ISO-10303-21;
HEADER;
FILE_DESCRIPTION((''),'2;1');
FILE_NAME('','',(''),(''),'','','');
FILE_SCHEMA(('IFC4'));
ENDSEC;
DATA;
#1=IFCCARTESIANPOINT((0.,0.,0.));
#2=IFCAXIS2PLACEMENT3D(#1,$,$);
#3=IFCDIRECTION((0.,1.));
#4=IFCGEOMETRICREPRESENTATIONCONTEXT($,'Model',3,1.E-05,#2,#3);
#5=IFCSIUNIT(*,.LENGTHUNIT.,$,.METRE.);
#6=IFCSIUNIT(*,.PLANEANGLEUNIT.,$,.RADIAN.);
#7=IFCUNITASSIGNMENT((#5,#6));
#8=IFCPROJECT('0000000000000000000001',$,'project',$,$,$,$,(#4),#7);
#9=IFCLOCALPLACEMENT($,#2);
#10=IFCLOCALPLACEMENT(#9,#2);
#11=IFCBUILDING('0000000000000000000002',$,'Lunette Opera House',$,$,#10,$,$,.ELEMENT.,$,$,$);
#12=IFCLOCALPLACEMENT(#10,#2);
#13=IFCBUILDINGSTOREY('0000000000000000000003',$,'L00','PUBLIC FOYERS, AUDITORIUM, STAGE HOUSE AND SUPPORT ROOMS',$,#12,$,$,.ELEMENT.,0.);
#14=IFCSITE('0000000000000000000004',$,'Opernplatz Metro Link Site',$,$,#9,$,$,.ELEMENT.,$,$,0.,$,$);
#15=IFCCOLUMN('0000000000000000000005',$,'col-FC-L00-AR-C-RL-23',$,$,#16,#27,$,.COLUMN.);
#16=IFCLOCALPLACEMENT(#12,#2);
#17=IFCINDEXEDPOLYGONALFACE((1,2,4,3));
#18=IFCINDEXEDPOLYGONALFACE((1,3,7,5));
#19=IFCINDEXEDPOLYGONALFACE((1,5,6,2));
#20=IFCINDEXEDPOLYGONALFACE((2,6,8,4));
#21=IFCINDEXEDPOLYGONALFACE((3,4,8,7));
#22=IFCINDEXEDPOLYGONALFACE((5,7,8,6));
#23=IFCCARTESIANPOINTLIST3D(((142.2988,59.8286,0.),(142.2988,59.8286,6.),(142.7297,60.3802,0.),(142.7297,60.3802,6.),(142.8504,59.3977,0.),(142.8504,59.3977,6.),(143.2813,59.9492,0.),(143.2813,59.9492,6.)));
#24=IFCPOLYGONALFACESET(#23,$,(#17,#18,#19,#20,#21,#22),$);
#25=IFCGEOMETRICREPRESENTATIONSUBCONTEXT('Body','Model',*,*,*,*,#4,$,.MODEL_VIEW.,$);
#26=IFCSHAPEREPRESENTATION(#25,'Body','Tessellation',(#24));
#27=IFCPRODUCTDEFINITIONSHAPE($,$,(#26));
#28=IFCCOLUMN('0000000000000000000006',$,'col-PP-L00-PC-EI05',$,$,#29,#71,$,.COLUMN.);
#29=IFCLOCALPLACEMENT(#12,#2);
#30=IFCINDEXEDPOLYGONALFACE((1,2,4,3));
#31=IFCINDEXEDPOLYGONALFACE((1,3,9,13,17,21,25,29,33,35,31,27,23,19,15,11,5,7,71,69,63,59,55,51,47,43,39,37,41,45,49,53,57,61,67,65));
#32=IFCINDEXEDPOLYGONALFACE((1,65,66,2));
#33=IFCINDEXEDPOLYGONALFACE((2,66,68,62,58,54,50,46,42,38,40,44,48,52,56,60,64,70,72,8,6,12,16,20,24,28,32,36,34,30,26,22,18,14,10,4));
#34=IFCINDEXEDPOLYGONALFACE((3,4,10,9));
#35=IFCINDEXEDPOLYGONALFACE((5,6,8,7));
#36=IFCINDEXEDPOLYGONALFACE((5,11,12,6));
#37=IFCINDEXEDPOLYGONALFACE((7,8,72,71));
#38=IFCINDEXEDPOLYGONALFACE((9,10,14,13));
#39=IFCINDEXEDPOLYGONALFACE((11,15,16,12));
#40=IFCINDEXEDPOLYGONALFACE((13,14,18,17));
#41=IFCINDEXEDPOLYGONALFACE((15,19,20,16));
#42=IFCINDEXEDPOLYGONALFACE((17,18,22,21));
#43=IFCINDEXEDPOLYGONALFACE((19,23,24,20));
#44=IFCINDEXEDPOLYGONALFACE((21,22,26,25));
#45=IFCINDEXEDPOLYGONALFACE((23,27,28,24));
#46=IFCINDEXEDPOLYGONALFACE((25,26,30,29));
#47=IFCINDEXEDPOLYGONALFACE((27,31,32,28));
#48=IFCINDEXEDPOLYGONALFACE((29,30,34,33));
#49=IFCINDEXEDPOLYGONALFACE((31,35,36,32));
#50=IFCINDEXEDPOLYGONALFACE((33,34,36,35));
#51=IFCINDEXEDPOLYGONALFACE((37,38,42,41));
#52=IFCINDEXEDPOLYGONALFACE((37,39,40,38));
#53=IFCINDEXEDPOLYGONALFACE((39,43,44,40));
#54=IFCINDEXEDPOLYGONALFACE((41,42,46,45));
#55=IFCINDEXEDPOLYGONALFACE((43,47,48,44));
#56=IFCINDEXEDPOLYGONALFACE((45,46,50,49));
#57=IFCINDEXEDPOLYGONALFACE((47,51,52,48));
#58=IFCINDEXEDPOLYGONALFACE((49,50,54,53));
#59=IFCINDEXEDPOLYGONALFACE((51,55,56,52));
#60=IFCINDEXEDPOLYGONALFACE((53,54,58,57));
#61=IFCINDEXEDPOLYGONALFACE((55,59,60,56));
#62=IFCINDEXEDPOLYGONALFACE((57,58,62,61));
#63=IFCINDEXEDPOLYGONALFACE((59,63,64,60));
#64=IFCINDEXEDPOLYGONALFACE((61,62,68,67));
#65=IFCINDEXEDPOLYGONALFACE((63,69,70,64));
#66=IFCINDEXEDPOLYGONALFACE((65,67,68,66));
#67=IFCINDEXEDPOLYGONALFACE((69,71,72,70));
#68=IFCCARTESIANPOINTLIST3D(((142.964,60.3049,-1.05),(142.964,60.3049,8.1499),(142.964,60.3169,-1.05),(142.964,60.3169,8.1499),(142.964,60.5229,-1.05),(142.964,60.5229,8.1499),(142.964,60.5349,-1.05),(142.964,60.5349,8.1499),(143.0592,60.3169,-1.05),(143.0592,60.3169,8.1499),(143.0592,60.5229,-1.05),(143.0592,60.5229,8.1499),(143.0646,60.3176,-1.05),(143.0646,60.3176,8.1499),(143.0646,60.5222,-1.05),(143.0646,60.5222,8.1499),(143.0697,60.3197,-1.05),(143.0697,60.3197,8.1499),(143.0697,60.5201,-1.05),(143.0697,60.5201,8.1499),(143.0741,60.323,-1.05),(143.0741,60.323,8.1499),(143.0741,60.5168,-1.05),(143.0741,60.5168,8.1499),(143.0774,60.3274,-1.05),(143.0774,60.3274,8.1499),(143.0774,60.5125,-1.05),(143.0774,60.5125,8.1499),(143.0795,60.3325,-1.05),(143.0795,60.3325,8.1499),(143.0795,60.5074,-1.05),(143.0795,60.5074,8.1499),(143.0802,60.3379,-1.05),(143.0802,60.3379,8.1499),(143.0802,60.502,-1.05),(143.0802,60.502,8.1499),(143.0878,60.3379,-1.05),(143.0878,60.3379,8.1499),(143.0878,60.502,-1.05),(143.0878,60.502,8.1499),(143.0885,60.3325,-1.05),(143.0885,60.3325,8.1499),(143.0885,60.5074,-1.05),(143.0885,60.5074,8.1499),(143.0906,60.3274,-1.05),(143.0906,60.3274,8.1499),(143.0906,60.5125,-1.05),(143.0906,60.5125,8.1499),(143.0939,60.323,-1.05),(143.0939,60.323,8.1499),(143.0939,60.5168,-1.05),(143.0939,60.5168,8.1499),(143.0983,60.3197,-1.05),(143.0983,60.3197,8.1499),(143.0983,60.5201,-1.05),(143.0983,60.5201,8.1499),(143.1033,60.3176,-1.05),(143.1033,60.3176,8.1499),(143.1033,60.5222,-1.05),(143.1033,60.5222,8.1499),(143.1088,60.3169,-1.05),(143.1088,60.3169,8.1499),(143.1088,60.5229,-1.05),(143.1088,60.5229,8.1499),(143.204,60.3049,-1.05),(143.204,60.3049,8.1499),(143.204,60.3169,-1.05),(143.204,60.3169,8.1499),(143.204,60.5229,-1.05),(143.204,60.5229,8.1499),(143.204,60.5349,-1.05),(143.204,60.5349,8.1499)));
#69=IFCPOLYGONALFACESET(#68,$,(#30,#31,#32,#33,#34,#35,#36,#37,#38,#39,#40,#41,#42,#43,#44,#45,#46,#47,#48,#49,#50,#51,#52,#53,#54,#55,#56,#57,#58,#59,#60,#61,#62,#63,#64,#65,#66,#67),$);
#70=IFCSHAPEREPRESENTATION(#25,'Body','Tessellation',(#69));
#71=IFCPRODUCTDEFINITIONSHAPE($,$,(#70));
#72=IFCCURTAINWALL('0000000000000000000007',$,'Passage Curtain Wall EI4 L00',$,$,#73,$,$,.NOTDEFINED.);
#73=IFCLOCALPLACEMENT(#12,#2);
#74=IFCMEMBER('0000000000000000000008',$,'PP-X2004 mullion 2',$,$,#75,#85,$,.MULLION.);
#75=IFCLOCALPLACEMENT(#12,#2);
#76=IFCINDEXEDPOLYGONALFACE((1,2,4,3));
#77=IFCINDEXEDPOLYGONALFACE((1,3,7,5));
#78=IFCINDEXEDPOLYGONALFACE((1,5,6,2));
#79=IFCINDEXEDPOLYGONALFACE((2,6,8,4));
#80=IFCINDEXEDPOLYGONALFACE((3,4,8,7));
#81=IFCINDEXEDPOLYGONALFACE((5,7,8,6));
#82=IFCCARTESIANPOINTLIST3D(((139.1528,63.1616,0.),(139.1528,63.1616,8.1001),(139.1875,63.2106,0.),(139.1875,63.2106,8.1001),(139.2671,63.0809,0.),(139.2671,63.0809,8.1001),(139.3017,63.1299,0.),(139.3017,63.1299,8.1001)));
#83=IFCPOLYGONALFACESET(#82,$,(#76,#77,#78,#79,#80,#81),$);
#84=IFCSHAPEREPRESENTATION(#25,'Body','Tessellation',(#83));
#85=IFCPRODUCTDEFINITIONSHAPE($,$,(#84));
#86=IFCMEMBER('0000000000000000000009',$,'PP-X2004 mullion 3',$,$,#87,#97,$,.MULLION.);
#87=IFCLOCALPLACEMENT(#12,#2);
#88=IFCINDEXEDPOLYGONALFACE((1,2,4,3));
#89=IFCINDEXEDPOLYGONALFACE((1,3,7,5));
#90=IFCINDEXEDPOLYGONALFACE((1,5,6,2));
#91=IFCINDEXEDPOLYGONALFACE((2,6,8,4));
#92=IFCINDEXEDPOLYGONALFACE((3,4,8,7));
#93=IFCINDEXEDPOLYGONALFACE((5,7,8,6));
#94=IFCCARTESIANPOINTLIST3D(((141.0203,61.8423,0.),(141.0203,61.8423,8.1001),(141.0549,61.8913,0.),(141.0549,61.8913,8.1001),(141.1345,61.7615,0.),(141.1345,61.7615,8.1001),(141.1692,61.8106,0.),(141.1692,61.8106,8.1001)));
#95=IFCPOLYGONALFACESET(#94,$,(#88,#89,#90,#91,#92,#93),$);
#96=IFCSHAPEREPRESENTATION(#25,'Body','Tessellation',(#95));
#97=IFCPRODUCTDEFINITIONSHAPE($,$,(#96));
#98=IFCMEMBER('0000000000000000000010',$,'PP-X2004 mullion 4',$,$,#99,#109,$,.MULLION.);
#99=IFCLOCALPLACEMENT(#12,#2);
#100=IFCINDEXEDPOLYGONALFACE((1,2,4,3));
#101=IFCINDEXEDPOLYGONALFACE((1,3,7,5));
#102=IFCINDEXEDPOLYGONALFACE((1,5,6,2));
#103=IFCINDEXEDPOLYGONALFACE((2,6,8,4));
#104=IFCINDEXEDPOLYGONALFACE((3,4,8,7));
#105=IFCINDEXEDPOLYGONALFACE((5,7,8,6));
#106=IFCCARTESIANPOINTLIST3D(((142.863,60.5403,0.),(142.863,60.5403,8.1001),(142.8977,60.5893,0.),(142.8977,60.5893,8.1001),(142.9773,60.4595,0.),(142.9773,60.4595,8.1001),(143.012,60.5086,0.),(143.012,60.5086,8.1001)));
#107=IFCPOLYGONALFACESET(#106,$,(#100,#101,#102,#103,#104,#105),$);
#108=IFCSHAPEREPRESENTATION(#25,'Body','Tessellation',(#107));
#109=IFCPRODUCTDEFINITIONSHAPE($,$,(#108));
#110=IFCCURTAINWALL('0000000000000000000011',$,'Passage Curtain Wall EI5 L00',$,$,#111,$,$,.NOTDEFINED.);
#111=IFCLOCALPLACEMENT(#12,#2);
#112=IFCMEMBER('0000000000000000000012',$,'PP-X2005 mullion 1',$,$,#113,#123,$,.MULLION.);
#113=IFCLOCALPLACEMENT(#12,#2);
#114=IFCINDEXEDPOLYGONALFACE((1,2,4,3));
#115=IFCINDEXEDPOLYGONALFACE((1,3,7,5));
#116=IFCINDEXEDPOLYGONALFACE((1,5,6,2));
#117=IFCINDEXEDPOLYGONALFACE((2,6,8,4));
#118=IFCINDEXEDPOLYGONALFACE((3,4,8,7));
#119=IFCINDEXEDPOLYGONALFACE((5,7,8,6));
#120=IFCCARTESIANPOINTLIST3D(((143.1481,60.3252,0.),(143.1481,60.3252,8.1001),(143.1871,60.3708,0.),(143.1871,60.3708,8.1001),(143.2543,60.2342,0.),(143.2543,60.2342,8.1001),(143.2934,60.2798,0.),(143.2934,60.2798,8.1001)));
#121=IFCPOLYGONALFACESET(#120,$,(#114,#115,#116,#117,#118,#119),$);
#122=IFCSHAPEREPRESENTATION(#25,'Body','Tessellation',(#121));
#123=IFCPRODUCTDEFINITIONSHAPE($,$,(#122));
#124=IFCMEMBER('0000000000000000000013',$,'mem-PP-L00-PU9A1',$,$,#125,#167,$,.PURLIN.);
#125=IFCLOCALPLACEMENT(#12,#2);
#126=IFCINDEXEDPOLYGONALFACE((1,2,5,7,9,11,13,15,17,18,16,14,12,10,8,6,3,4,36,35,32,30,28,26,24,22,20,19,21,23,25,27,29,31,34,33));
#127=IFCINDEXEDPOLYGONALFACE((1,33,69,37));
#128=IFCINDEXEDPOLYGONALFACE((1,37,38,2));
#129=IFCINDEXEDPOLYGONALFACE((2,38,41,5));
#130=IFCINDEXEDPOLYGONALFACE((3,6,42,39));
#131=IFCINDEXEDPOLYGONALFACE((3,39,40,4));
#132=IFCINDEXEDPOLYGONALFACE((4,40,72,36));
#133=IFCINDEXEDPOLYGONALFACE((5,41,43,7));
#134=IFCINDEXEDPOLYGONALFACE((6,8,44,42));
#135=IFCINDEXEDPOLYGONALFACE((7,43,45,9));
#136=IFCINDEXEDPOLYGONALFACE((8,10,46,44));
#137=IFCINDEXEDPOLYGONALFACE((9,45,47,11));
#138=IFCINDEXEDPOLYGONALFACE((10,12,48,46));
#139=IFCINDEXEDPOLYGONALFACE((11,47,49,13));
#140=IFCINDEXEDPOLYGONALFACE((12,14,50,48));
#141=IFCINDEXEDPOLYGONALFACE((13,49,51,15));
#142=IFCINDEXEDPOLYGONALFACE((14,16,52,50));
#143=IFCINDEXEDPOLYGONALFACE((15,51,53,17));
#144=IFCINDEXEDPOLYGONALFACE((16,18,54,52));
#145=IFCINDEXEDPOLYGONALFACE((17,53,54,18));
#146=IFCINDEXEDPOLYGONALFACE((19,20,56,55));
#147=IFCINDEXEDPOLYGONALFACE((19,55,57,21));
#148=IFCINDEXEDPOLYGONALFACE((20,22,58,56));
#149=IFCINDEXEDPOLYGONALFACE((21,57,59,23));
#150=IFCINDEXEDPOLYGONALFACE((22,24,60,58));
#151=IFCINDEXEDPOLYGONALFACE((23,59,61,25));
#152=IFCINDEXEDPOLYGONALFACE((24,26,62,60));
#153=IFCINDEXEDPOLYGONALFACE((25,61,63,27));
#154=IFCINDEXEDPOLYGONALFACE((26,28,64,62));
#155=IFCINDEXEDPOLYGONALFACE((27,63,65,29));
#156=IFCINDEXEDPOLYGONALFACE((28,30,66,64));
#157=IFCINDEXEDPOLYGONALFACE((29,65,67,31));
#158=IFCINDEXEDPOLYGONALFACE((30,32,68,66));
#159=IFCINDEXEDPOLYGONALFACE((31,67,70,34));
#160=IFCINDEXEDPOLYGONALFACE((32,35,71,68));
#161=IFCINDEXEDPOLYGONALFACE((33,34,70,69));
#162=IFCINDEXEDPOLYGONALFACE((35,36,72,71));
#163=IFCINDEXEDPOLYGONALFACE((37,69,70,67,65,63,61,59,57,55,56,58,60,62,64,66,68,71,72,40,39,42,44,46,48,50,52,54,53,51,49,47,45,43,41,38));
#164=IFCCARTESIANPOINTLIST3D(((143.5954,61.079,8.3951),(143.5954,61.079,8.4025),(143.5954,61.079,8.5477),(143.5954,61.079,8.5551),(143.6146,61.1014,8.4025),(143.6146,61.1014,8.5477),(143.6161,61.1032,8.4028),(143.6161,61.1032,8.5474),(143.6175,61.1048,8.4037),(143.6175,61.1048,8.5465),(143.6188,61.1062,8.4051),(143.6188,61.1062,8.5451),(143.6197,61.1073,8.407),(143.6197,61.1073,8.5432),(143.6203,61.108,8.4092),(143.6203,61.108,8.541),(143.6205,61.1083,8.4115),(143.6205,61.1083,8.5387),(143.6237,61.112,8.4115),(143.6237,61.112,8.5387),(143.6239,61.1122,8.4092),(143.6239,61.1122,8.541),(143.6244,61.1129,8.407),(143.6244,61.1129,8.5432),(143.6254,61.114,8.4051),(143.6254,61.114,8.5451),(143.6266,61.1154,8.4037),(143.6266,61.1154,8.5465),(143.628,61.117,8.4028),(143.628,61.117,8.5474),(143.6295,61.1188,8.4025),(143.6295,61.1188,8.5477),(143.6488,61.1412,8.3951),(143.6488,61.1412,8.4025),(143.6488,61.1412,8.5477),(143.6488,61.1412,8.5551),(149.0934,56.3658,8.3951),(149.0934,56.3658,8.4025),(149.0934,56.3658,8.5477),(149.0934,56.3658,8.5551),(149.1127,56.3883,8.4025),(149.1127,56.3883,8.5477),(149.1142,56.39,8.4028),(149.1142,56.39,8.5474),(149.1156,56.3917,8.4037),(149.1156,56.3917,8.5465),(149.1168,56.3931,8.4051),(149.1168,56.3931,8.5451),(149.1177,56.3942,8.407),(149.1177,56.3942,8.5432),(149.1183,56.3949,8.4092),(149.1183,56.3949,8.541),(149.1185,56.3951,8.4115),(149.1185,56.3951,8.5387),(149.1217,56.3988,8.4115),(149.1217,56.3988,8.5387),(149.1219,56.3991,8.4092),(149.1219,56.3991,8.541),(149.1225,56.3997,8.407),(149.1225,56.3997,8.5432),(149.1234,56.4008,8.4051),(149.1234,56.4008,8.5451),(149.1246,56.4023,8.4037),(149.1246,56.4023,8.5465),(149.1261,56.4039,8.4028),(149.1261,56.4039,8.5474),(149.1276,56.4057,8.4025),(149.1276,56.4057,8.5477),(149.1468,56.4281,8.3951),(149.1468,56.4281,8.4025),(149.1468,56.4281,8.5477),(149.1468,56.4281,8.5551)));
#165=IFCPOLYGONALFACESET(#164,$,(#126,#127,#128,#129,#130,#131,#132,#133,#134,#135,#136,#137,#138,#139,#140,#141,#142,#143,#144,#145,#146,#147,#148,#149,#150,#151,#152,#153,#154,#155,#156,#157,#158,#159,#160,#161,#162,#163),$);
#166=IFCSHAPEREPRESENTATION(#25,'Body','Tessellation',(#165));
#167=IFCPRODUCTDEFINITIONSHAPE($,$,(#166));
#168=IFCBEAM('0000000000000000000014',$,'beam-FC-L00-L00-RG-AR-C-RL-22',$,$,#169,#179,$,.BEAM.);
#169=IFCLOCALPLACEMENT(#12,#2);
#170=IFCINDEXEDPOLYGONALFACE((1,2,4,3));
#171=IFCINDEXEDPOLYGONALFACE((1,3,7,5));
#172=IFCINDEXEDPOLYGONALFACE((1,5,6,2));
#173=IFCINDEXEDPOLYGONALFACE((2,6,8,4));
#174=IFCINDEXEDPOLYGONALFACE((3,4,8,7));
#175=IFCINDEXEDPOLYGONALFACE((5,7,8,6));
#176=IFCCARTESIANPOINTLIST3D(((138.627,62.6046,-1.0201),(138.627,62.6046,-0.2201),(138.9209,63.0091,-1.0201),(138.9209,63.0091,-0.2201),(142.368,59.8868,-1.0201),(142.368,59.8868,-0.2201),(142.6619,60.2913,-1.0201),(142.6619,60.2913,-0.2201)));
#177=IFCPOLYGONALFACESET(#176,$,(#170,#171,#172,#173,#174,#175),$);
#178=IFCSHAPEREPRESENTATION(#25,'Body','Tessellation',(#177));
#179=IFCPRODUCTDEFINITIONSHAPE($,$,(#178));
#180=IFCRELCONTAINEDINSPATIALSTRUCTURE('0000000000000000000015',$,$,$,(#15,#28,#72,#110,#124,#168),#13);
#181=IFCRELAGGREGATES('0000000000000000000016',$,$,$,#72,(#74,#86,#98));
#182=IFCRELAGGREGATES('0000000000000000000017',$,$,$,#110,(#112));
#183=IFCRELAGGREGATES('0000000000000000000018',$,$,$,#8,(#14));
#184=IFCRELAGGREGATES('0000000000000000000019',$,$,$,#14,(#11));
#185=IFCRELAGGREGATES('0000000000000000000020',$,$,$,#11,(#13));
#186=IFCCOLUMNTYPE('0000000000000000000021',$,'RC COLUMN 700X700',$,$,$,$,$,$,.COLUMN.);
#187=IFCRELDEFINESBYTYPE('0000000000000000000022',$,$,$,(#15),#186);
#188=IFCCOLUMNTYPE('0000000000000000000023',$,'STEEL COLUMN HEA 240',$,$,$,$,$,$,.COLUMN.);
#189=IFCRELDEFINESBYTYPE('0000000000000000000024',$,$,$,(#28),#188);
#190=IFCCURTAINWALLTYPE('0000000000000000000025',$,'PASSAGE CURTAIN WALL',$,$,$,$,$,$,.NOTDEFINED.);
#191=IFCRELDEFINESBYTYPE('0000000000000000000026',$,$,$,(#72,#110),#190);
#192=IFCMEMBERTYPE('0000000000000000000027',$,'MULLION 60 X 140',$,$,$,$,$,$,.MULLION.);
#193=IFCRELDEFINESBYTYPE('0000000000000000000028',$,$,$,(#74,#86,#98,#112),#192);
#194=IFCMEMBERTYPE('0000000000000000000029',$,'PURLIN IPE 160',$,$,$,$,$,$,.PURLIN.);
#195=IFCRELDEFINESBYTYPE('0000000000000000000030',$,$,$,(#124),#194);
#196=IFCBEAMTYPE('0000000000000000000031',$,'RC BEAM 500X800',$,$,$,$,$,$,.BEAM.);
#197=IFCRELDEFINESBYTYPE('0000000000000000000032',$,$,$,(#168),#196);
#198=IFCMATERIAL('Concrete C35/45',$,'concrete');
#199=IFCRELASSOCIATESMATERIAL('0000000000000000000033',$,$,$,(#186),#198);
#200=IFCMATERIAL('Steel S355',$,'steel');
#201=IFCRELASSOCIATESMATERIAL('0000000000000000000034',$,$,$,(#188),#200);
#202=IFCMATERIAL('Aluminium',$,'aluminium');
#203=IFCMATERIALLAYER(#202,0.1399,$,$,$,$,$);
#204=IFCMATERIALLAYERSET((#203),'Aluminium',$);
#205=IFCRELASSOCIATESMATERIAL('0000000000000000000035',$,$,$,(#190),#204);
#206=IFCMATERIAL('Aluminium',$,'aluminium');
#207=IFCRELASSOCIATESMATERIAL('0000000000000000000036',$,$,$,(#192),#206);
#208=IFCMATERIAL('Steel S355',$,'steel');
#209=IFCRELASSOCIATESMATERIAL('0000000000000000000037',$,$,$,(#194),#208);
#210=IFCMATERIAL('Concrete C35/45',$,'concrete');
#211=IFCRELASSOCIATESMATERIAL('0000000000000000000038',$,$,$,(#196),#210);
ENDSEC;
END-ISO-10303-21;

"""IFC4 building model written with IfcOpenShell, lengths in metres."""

from ifc_helpers import new_model, si_unit, direction, frame, origin, origin_2d, place, context, subcontext, project, spatial, rectangle, i_section, extrude, material, layer, layer_set, material_profile, profile_set, type_object, element, aggregate, save


model = new_model("IFC4")

# Units and contexts
model_context = context("Model", 3, precision=1e-05, world=origin(), true_north=direction((0.0, 1.0)))
body_context = subcontext(model_context, "Body", "Model", "MODEL_VIEW")
ifc_project = project(units=[si_unit("LENGTHUNIT", "METRE"), si_unit("PLANEANGLEUNIT", "RADIAN")], contexts=[model_context])

# Site, building, storey
site_placement = place(None, origin())
site = spatial("IfcSite", under=ifc_project, at=site_placement, Name="Opernplatz Metro Link Site", CompositionType="ELEMENT", RefElevation=0.0)
building_placement = place(site_placement, origin())
building = spatial("IfcBuilding", under=site, at=building_placement, Name="Lunette Opera House", CompositionType="ELEMENT")
storey_placement = place(building_placement, origin())
storey = spatial("IfcBuildingStorey", under=building, at=storey_placement, Name="L00", Description="PUBLIC FOYERS, AUDITORIUM, STAGE HOUSE AND SUPPORT ROOMS", CompositionType="ELEMENT", Elevation=0.0)

# Columns
ifc_material_1 = material(Name="Concrete C35/45", Category="concrete")
ifc_material_profile_1 = material_profile(ifc_material_1, rectangle(XDim=0.7, YDim=0.7, at=origin_2d()), Name="RC COLUMN 700X700")
ifc_profile_set_1 = profile_set([ifc_material_profile_1], Name="Concrete C35/45")
column_type_1 = type_object("IfcColumnType", Name="RC COLUMN 700X700", PredefinedType="COLUMN", material=ifc_profile_set_1)
column_1_placement = place(storey_placement, frame((142.79, 59.8889, 0.0), z_axis=(0.0, 0.0, 1.0), x_axis=(0.788011, -0.615661, 0.0)))
element("IfcColumn", 1, at=column_1_placement, inside=storey, type_object=column_type_1, Name="col-FC-L00-AR-C-RL-23", PredefinedType="COLUMN", context=body_context, shape_type="SweptSolid", body=[
    extrude(rectangle(XDim=0.7, YDim=0.7, at=origin_2d()), origin(), (0.0, 0.0, 1.0), 6.0),
])
ifc_material_2 = material(Name="Steel S355", Category="steel")
ifc_material_profile_2 = material_profile(ifc_material_2, i_section(OverallWidth=0.24, OverallDepth=0.23, WebThickness=0.0076, FlangeThickness=0.012, FilletRadius=0.021, at=origin_2d()), Name="HEA 240")
ifc_profile_set_2 = profile_set([ifc_material_profile_2], Name="Steel S355")
column_type_2 = type_object("IfcColumnType", Name="STEEL COLUMN HEA 240", PredefinedType="COLUMN", material=ifc_profile_set_2)
column_2_placement = place(storey_placement, frame((143.084, 60.4199, -1.05), z_axis=(0.0, 0.0, 1.0), x_axis=(1.0, 0.0, 0.0)))
element("IfcColumn", 2, at=column_2_placement, inside=storey, type_object=column_type_2, Name="col-PP-L00-PC-EI05", PredefinedType="COLUMN", context=body_context, shape_type="SweptSolid", body=[
    extrude(i_section(OverallWidth=0.24, OverallDepth=0.23, WebThickness=0.0076, FlangeThickness=0.012, FilletRadius=0.021, at=origin_2d()), origin(), (0.0, 0.0, 1.0), 9.2),
])

# Curtain wall, members
ifc_material_3 = material(Name="Aluminium", Category="aluminium")
ifc_layer_1 = layer(ifc_material_3, 0.1399)
ifc_layer_set_1 = layer_set([ifc_layer_1], Name="Aluminium")
curtain_wall_type = type_object("IfcCurtainWallType", Name="PASSAGE CURTAIN WALL", PredefinedType="NOTDEFINED", material=ifc_layer_set_1)
curtain_wall_1_placement = place(storey_placement, origin())
curtain_wall_1 = element("IfcCurtainWall", 3, at=curtain_wall_1_placement, inside=storey, type_object=curtain_wall_type, Name="Passage Curtain Wall EI4 L00", PredefinedType="NOTDEFINED")
ifc_material_4 = material(Name="Aluminium", Category="aluminium")
ifc_material_profile_3 = material_profile(ifc_material_4, rectangle(XDim=0.0601, YDim=0.1399, at=origin_2d()), Name="MULLION 60 X 140")
ifc_profile_set_3 = profile_set([ifc_material_profile_3], Name="Aluminium")
member_type_1 = type_object("IfcMemberType", Name="MULLION 60 X 140", PredefinedType="MULLION", material=ifc_profile_set_3)
member_1_placement = place(storey_placement, frame((139.2273, 63.1458, 0.0), z_axis=(0.0, 0.0, 1.0), x_axis=(0.577038, 0.816717, 0.0)))
member_1 = element("IfcMember", 4, at=member_1_placement, type_object=member_type_1, Name="PP-X2004 mullion 2", PredefinedType="MULLION", context=body_context, shape_type="SweptSolid", body=[
    extrude(rectangle(XDim=0.0601, YDim=0.1399, at=origin_2d()), origin(), (0.0, 0.0, 1.0), 8.1001),
])
member_2_placement = place(storey_placement, frame((141.0947, 61.8264, 0.0), z_axis=(0.0, 0.0, 1.0), x_axis=(0.577038, 0.816717, 0.0)))
member_2 = element("IfcMember", 5, at=member_2_placement, type_object=member_type_1, Name="PP-X2004 mullion 3", PredefinedType="MULLION", context=body_context, shape_type="SweptSolid", body=[
    extrude(rectangle(XDim=0.0601, YDim=0.1399, at=origin_2d()), origin(), (0.0, 0.0, 1.0), 8.1001),
])
member_3_placement = place(storey_placement, frame((142.9375, 60.5244, 0.0), z_axis=(0.0, 0.0, 1.0), x_axis=(0.577038, 0.816717, 0.0)))
member_3 = element("IfcMember", 6, at=member_3_placement, type_object=member_type_1, Name="PP-X2004 mullion 4", PredefinedType="MULLION", context=body_context, shape_type="SweptSolid", body=[
    extrude(rectangle(XDim=0.0601, YDim=0.1399, at=origin_2d()), origin(), (0.0, 0.0, 1.0), 8.1001),
])

# Curtain wall, member
curtain_wall_2_placement = place(storey_placement, origin())
curtain_wall_2 = element("IfcCurtainWall", 7, at=curtain_wall_2_placement, inside=storey, type_object=curtain_wall_type, Name="Passage Curtain Wall EI5 L00", PredefinedType="NOTDEFINED")
member_4_placement = place(storey_placement, frame((143.2207, 60.3025, 0.0), z_axis=(0.0, 0.0, 1.0), x_axis=(0.650791, 0.759257, 0.0)))
member_4 = element("IfcMember", 8, at=member_4_placement, type_object=member_type_1, Name="PP-X2005 mullion 1", PredefinedType="MULLION", context=body_context, shape_type="SweptSolid", body=[
    extrude(rectangle(XDim=0.0601, YDim=0.1399, at=origin_2d()), origin(), (0.0, 0.0, 1.0), 8.1001),
])

# Member
ifc_material_5 = material(Name="Steel S355", Category="steel")
ifc_material_profile_4 = material_profile(ifc_material_5, i_section(OverallWidth=0.082, OverallDepth=0.1599, WebThickness=0.0049, FlangeThickness=0.0073, FilletRadius=0.009, at=origin_2d()), Name="IPE 160")
ifc_profile_set_4 = profile_set([ifc_material_profile_4], Name="Steel S355")
member_type_2 = type_object("IfcMemberType", Name="PURLIN IPE 160", PredefinedType="PURLIN", material=ifc_profile_set_4)
member_5_placement = place(storey_placement, frame((143.6221, 61.1101, 8.4751), z_axis=(0.759221, -0.650833, 0.0), x_axis=(0.650833, 0.759221, 0.0)))
element("IfcMember", 9, at=member_5_placement, inside=storey, type_object=member_type_2, Name="mem-PP-L00-PU9A1", PredefinedType="PURLIN", context=body_context, shape_type="SweptSolid", body=[
    extrude(i_section(OverallWidth=0.082, OverallDepth=0.1599, WebThickness=0.0049, FlangeThickness=0.0073, FilletRadius=0.009, at=origin_2d()), origin(), (0.0, 0.0, 1.0), 7.2417),
])

# Beam
ifc_material_6 = material(Name="Concrete C35/45", Category="concrete")
ifc_material_profile_5 = material_profile(ifc_material_6, rectangle(XDim=0.5, YDim=0.8, at=origin_2d()), Name="RC BEAM 500X800")
ifc_profile_set_5 = profile_set([ifc_material_profile_5], Name="Concrete C35/45")
beam_type_1 = type_object("IfcBeamType", Name="RC BEAM 500X800", PredefinedType="BEAM", material=ifc_profile_set_5)
beam_1_placement = place(storey_placement, frame((138.7739, 62.8069, -0.6201), z_axis=(0.809037, -0.587757, 0.0), x_axis=(0.587757, 0.809037, 0.0)))
element("IfcBeam", 10, at=beam_1_placement, inside=storey, type_object=beam_type_1, Name="beam-FC-L00-L00-RG-AR-C-RL-22", PredefinedType="BEAM", context=body_context, shape_type="SweptSolid", body=[
    extrude(rectangle(XDim=0.5, YDim=0.8, at=origin_2d()), origin(), (0.0, 0.0, 1.0), 4.624),
])

aggregate(curtain_wall_1, [member_1, member_2, member_3])
aggregate(curtain_wall_2, [member_4])

save(model, "model.ifc")
